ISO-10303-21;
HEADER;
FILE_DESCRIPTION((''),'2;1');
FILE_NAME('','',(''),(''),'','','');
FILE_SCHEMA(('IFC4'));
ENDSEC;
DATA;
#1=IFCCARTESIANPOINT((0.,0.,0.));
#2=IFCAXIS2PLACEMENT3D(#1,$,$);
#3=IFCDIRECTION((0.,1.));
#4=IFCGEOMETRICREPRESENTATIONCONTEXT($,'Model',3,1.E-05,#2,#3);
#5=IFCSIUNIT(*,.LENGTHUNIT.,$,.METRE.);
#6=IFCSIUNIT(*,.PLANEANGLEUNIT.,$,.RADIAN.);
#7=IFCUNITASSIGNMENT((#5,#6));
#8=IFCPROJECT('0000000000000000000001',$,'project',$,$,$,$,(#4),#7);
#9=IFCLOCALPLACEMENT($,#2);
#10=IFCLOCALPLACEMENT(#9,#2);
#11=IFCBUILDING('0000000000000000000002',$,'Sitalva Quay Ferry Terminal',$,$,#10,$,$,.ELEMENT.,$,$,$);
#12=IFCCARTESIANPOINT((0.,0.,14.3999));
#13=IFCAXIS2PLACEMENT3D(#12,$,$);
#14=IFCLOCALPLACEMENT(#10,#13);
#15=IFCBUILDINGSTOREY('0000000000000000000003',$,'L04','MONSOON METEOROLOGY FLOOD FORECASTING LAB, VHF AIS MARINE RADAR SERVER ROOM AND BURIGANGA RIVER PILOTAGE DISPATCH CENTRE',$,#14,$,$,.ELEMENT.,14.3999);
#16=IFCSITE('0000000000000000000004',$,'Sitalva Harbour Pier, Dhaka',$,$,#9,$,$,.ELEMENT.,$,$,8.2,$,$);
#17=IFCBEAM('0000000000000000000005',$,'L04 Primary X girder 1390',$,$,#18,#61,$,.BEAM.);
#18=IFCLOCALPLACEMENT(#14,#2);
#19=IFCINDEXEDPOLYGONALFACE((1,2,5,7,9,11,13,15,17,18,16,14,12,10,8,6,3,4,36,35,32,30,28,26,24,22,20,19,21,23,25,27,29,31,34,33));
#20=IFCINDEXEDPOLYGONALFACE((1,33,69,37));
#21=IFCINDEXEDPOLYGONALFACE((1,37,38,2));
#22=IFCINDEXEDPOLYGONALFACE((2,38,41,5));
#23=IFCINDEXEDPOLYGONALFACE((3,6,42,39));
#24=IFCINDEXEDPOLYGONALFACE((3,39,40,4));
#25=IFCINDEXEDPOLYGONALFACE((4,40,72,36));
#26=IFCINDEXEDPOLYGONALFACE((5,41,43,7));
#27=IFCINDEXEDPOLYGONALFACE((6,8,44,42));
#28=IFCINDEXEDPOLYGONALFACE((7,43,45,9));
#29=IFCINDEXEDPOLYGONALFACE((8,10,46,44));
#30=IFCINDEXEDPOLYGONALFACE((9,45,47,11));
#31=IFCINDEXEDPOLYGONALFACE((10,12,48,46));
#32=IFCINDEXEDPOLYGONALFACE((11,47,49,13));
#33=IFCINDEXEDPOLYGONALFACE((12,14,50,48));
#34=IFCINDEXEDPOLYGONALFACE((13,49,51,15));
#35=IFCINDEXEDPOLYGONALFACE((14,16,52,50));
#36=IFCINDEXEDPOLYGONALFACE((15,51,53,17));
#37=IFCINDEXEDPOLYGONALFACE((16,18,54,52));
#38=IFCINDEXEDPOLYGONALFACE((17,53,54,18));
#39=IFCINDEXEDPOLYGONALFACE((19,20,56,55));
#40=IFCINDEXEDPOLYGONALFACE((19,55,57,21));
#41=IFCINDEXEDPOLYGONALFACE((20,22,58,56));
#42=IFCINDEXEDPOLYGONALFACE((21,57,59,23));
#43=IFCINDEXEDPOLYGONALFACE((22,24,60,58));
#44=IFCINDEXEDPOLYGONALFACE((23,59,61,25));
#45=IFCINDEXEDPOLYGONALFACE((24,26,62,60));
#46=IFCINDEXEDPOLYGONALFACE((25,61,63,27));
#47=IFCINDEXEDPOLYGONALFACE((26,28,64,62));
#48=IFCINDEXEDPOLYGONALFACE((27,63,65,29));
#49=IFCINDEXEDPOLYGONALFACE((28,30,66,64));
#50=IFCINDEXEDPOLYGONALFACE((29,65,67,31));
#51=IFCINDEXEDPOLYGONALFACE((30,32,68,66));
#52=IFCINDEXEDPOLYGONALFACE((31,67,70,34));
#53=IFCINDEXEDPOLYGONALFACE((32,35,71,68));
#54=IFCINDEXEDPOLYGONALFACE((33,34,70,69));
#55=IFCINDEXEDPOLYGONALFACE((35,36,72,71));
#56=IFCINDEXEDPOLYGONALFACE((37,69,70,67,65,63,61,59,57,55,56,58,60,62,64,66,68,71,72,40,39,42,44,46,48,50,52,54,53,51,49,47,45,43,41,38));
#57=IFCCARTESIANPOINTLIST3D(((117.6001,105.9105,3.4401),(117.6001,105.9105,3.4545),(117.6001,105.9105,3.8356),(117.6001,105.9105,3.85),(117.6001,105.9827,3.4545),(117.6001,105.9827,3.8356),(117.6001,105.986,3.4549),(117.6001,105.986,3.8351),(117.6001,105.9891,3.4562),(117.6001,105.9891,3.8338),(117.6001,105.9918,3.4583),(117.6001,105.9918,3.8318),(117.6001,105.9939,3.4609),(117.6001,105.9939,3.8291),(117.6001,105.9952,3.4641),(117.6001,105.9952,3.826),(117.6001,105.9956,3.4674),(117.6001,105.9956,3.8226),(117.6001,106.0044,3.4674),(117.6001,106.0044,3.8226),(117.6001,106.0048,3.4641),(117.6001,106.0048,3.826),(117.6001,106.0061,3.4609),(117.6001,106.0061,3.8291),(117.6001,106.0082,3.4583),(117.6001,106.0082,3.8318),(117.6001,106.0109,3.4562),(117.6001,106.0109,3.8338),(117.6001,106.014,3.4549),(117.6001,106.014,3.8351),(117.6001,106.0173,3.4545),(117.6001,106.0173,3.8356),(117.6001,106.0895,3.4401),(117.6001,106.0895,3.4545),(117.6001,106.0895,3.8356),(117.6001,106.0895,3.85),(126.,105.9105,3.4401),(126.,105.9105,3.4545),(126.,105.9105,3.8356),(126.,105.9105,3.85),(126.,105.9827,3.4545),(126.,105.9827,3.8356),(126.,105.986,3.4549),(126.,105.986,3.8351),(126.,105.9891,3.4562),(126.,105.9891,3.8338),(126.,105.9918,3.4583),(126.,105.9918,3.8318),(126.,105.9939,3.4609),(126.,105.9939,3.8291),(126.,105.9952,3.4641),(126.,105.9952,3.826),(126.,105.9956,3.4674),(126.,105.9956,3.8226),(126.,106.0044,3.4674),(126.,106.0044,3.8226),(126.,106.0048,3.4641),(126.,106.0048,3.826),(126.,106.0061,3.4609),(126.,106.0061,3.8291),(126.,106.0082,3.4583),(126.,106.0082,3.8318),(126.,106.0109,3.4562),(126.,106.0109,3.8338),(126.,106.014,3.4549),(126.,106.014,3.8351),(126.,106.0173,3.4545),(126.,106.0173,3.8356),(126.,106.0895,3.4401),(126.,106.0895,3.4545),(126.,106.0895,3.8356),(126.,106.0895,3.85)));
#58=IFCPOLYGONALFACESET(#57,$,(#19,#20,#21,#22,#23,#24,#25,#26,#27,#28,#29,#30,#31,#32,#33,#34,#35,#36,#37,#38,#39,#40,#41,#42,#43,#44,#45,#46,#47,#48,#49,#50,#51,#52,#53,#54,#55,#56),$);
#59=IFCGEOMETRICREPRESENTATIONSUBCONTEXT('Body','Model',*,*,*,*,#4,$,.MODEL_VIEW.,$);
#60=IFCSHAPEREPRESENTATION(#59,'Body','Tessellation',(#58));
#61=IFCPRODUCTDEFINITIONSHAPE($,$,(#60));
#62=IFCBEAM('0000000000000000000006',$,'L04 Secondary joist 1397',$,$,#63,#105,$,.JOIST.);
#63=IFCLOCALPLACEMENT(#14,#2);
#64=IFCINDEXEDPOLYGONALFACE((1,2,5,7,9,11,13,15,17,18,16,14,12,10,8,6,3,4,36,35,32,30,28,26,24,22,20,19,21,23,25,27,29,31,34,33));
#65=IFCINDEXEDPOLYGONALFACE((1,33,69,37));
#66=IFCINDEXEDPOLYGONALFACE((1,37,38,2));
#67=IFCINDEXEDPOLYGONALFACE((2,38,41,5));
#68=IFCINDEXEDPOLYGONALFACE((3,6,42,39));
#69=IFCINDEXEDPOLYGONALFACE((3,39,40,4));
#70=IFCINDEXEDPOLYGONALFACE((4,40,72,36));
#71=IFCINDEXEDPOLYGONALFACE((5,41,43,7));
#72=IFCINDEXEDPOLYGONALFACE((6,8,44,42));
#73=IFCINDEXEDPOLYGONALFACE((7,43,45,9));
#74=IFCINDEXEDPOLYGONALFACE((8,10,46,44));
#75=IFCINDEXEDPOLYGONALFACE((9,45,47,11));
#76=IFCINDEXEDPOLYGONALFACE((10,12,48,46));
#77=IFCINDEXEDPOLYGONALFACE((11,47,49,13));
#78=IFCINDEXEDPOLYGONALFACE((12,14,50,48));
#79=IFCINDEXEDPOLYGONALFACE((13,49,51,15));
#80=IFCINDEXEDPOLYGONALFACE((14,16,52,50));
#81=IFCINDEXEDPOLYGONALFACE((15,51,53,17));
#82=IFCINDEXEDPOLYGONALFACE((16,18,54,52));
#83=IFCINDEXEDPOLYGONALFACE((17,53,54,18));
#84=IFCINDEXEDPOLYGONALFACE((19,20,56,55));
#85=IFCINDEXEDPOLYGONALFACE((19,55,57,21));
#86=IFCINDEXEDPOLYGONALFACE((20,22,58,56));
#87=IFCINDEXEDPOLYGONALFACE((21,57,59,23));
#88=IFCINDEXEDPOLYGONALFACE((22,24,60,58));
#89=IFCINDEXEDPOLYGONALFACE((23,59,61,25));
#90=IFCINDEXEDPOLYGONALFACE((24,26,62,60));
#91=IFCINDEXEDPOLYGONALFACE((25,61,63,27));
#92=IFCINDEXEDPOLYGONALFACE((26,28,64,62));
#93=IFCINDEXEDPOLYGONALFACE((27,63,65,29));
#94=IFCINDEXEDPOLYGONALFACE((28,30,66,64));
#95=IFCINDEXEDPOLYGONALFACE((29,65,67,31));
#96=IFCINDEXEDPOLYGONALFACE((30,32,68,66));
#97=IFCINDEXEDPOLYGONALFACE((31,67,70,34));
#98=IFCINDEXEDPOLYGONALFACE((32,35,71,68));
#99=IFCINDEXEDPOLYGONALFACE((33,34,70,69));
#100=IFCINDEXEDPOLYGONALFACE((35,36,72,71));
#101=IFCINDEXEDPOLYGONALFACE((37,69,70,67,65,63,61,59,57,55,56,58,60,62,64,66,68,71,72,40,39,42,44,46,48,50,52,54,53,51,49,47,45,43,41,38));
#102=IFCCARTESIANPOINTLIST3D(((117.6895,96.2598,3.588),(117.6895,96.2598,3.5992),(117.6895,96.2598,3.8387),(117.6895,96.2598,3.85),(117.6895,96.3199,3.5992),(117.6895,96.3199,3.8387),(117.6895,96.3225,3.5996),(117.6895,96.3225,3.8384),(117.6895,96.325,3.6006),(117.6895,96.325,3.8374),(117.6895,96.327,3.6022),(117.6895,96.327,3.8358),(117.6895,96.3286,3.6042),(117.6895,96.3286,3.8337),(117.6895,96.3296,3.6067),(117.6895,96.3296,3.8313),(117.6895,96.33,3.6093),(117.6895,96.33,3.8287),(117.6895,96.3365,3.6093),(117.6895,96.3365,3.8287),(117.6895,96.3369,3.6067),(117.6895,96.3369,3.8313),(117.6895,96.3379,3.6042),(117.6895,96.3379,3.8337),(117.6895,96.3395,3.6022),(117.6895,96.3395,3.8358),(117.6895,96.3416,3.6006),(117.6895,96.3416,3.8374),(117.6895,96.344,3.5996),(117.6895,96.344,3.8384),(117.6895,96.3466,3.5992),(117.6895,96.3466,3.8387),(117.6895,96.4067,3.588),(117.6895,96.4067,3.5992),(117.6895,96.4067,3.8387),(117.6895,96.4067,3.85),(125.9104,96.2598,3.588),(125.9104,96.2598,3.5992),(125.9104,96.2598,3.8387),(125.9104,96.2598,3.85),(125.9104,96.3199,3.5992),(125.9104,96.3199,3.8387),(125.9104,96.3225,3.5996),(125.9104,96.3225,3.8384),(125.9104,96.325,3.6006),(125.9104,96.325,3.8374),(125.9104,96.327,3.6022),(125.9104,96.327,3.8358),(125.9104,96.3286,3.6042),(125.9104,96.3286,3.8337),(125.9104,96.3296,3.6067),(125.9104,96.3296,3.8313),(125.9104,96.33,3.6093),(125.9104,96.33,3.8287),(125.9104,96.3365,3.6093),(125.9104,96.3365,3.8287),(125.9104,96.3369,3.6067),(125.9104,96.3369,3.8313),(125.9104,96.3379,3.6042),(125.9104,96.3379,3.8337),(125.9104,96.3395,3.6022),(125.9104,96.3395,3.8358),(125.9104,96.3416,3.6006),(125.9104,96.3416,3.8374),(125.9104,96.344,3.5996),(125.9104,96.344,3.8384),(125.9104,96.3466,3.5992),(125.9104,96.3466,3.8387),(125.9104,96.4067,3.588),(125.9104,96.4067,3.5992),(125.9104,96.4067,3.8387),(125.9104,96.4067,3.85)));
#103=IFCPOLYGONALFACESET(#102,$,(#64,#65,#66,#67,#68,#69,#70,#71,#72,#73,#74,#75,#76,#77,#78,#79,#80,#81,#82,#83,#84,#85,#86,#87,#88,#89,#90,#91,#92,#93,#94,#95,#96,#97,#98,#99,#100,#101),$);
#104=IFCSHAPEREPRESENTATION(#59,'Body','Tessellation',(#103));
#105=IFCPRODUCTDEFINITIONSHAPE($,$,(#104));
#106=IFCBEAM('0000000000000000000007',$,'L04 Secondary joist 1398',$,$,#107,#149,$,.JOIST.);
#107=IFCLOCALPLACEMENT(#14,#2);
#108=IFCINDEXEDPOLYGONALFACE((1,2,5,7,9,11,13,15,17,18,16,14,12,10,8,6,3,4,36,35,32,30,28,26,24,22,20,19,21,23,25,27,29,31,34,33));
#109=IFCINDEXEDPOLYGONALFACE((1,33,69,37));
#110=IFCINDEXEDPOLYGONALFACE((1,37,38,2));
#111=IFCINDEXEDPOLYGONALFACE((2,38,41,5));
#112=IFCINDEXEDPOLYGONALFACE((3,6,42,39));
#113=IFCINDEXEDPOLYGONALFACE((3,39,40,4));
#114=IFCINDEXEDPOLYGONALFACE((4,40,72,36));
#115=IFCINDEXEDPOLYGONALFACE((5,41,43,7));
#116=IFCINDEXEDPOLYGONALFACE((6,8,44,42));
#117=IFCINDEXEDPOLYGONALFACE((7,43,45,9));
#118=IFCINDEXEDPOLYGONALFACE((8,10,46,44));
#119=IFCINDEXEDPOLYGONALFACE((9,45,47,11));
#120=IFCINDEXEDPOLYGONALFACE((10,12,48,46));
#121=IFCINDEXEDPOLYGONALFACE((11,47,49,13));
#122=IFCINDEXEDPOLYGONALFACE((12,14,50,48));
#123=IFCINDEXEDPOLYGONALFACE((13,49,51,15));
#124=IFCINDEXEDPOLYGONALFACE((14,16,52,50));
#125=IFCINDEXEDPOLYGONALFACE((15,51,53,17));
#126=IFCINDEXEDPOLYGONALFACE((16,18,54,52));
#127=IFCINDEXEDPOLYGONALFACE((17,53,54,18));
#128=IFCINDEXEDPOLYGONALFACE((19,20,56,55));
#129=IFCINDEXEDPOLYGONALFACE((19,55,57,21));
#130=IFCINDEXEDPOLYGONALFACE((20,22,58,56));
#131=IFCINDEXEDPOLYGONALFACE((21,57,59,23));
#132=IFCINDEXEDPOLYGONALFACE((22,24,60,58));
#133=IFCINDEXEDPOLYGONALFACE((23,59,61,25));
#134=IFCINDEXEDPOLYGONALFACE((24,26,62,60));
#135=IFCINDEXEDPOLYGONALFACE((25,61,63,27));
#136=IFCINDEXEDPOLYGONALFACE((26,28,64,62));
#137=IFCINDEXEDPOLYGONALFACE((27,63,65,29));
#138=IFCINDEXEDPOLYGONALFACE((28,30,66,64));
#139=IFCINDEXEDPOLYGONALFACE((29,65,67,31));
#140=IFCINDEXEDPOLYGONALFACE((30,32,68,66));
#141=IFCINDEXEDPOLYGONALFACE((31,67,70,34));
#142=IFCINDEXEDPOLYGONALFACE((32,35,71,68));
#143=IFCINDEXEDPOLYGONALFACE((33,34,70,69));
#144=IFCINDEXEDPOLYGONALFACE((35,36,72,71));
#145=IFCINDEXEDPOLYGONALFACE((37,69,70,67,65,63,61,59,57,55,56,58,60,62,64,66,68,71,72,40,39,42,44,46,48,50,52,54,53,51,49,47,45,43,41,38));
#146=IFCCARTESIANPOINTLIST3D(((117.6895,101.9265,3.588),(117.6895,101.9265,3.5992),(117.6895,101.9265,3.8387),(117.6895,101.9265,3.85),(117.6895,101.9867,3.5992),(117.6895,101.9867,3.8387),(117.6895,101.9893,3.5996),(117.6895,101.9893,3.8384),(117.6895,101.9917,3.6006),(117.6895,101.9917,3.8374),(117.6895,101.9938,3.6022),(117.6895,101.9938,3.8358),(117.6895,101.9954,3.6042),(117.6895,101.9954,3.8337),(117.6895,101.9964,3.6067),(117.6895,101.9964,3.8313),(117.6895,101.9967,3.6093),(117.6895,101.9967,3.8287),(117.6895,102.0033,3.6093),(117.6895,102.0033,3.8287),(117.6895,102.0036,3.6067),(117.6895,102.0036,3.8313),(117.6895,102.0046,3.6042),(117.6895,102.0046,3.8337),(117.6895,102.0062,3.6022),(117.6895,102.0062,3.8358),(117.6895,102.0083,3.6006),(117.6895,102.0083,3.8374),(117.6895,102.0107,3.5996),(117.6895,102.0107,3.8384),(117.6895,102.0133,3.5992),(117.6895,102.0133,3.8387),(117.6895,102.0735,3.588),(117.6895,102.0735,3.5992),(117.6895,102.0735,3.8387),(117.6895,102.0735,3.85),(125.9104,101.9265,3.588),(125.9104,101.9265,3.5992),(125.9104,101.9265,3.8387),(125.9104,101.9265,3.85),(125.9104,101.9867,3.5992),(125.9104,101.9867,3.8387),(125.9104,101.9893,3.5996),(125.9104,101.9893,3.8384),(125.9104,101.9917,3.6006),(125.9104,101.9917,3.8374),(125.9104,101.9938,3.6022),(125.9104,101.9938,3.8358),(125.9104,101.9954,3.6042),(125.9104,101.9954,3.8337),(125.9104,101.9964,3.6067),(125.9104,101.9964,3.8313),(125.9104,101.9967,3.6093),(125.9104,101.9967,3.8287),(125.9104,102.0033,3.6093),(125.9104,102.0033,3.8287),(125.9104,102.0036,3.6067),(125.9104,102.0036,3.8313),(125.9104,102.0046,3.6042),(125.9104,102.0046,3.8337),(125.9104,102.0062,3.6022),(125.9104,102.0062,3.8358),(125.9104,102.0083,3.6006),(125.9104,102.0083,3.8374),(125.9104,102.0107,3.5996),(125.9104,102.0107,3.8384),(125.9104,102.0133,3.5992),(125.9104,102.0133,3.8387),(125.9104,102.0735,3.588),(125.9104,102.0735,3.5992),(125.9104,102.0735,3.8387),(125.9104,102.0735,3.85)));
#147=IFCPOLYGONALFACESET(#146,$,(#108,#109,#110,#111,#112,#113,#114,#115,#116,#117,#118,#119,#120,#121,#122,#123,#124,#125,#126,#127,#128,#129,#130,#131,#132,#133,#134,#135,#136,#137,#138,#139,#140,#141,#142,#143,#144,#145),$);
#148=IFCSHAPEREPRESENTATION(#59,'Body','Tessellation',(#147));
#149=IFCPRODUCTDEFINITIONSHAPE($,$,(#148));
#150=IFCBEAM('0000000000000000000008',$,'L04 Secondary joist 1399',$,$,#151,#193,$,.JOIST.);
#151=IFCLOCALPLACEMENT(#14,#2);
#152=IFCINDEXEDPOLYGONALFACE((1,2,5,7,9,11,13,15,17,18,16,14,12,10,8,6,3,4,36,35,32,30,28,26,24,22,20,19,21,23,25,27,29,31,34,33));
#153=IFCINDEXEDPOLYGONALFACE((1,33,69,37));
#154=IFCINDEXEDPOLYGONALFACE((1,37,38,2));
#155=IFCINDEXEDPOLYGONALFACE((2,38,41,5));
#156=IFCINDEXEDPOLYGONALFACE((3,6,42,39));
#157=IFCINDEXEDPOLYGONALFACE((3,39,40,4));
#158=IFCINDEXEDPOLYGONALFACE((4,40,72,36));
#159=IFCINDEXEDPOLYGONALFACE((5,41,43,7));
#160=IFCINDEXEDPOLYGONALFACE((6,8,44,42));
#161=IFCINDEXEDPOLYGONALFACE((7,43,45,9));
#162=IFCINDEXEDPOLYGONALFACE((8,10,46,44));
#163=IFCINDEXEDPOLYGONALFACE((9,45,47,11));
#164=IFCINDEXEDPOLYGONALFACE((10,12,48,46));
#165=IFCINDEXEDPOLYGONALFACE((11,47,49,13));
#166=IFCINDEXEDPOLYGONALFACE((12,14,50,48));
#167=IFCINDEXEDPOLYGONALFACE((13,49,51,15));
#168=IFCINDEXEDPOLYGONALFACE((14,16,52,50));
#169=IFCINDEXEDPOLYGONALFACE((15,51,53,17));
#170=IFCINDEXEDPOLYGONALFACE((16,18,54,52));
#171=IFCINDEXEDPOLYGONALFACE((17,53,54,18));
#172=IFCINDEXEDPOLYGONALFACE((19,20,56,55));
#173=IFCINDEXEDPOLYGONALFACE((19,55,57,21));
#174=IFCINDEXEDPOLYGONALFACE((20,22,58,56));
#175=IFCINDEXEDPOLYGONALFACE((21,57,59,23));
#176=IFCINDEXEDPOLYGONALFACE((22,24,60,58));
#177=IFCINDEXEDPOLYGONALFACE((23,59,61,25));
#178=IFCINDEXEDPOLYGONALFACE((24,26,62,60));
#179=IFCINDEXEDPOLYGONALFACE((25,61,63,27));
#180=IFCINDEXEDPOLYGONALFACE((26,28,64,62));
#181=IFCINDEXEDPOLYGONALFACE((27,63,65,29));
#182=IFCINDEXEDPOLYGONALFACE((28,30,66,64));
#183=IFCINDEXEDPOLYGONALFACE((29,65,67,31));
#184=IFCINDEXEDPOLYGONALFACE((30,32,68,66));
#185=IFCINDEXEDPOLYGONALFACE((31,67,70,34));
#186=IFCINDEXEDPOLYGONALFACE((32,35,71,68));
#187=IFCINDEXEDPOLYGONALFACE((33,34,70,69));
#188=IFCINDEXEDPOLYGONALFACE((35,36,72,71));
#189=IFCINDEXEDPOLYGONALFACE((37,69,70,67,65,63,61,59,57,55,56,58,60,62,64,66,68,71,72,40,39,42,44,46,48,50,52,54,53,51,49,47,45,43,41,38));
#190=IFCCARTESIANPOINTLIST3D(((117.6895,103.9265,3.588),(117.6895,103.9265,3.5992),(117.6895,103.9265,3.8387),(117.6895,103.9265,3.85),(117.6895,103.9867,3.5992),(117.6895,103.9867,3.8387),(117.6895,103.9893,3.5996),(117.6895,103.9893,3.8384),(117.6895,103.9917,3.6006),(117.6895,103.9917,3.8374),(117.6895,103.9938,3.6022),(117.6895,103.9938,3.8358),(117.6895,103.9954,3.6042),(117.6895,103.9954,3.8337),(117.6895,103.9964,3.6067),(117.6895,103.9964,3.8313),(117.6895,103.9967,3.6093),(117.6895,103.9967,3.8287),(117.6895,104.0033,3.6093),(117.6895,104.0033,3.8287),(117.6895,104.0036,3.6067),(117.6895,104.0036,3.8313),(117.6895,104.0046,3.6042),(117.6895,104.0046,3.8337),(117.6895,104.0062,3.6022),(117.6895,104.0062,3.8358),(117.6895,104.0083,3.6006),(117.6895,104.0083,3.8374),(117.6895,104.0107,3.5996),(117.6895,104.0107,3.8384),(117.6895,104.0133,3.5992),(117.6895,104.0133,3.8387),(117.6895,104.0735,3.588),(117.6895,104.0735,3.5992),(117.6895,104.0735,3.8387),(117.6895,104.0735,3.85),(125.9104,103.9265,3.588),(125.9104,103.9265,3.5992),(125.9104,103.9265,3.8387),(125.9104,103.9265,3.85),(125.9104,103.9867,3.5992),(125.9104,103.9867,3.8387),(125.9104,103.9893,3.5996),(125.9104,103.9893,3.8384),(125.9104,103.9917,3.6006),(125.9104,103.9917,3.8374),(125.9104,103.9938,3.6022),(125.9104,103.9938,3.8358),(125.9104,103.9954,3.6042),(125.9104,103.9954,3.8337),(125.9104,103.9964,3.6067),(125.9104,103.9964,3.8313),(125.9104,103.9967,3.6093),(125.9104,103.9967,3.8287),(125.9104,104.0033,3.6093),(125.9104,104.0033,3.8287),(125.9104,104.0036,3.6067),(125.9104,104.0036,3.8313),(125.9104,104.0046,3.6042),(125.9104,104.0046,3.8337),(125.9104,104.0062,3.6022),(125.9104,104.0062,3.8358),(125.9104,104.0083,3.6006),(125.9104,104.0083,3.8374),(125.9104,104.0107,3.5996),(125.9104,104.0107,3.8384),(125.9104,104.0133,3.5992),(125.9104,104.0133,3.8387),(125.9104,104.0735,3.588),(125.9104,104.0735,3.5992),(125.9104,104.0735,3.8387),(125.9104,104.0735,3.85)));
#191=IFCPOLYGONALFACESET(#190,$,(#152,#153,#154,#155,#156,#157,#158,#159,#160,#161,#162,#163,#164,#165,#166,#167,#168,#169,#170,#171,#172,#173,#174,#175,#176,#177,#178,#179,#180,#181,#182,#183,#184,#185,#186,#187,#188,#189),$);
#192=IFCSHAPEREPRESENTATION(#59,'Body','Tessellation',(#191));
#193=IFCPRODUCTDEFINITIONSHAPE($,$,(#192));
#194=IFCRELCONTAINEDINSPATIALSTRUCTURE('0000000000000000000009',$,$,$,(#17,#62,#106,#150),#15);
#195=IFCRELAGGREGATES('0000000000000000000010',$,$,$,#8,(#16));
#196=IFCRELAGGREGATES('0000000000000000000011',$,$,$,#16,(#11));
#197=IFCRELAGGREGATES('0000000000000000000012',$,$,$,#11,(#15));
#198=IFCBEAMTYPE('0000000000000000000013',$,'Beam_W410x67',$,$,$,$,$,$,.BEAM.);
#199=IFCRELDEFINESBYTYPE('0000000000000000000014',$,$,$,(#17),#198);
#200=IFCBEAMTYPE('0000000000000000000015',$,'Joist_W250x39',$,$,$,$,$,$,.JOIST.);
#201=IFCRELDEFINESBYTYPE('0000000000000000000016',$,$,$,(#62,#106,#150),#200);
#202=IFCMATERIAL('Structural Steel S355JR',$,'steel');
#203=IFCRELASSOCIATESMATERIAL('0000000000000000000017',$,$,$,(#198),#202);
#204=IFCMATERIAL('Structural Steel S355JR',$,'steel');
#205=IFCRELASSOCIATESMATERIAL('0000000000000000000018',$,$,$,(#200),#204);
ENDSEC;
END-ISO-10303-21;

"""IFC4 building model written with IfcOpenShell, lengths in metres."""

from ifc_helpers import new_model, si_unit, direction, frame, origin, origin_2d, place, context, subcontext, project, spatial, i_section, extrude, material, material_profile, profile_set, type_object, element, save


model = new_model("IFC4")

# Units and contexts
model_context = context("Model", 3, precision=1e-05, world=origin(), true_north=direction((0.0, 1.0)))
body_context = subcontext(model_context, "Body", "Model", "MODEL_VIEW")
ifc_project = project(units=[si_unit("LENGTHUNIT", "METRE"), si_unit("PLANEANGLEUNIT", "RADIAN")], contexts=[model_context])

# Site, building, storey
site_placement = place(None, origin())
site = spatial("IfcSite", under=ifc_project, at=site_placement, Name="Sitalva Harbour Pier, Dhaka", CompositionType="ELEMENT", RefElevation=8.2)
building_placement = place(site_placement, origin())
building = spatial("IfcBuilding", under=site, at=building_placement, Name="Sitalva Quay Ferry Terminal", CompositionType="ELEMENT")
storey_placement = place(building_placement, frame((0.0, 0.0, 14.3999)))
storey = spatial("IfcBuildingStorey", under=building, at=storey_placement, Name="L04", Description="MONSOON METEOROLOGY FLOOD FORECASTING LAB, VHF AIS MARINE RADAR SERVER ROOM AND BURIGANGA RIVER PILOTAGE DISPATCH CENTRE", CompositionType="ELEMENT", Elevation=14.3999)

# Beams
ifc_material_1 = material(Name="Structural Steel S355JR", Category="steel")
ifc_material_profile_1 = material_profile(ifc_material_1, i_section(OverallWidth=0.179, OverallDepth=0.4099, WebThickness=0.0088, FlangeThickness=0.0144, FilletRadius=0.0129, at=origin_2d()), Name="W410x67")
ifc_profile_set_1 = profile_set([ifc_material_profile_1], Name="Structural Steel S355JR")
beam_type_1 = type_object("IfcBeamType", Name="Beam_W410x67", PredefinedType="BEAM", material=ifc_profile_set_1)
for number, where, z_axis, x_axis, name in (
    (1, (117.6001, 106.0, 3.645), (1.0, 0.0, 0.0), (0.0, 1.0, 0.0), "L04 Primary X girder 1390"),
):
    element("IfcBeam", number, at=place(storey_placement, frame(where, z_axis=z_axis, x_axis=x_axis)), inside=storey, type_object=beam_type_1, Name=name, PredefinedType="BEAM", context=body_context, shape_type="SweptSolid", body=[
        extrude(i_section(OverallWidth=0.179, OverallDepth=0.4099, WebThickness=0.0088, FlangeThickness=0.0144, FilletRadius=0.0129, at=origin_2d()), origin(), (0.0, 0.0, 1.0), 8.3999),
    ])
ifc_material_2 = material(Name="Structural Steel S355JR", Category="steel")
ifc_material_profile_2 = material_profile(ifc_material_2, i_section(OverallWidth=0.147, OverallDepth=0.262, WebThickness=0.0066, FlangeThickness=0.0112, FilletRadius=0.01, at=origin_2d()), Name="W250x39")
ifc_profile_set_2 = profile_set([ifc_material_profile_2], Name="Structural Steel S355JR")
beam_type_2 = type_object("IfcBeamType", Name="Joist_W250x39", PredefinedType="JOIST", material=ifc_profile_set_2)
for number, where, z_axis, x_axis, name in (
    (2, (117.6895, 96.3333, 3.719), (1.0, 0.0, 0.0), (0.0, 1.0, 0.0), "L04 Secondary joist 1397"),
    (3, (117.6895, 102.0, 3.719), (1.0, 0.0, 0.0), (0.0, 1.0, 0.0), "L04 Secondary joist 1398"),
    (4, (117.6895, 104.0, 3.719), (1.0, 0.0, 0.0), (0.0, 1.0, 0.0), "L04 Secondary joist 1399"),
):
    element("IfcBeam", number, at=place(storey_placement, frame(where, z_axis=z_axis, x_axis=x_axis)), inside=storey, type_object=beam_type_2, Name=name, PredefinedType="JOIST", context=body_context, shape_type="SweptSolid", body=[
        extrude(i_section(OverallWidth=0.147, OverallDepth=0.262, WebThickness=0.0066, FlangeThickness=0.0112, FilletRadius=0.01, at=origin_2d()), origin(), (0.0, 0.0, 1.0), 8.2209),
    ])

save(model, "model.ifc")
